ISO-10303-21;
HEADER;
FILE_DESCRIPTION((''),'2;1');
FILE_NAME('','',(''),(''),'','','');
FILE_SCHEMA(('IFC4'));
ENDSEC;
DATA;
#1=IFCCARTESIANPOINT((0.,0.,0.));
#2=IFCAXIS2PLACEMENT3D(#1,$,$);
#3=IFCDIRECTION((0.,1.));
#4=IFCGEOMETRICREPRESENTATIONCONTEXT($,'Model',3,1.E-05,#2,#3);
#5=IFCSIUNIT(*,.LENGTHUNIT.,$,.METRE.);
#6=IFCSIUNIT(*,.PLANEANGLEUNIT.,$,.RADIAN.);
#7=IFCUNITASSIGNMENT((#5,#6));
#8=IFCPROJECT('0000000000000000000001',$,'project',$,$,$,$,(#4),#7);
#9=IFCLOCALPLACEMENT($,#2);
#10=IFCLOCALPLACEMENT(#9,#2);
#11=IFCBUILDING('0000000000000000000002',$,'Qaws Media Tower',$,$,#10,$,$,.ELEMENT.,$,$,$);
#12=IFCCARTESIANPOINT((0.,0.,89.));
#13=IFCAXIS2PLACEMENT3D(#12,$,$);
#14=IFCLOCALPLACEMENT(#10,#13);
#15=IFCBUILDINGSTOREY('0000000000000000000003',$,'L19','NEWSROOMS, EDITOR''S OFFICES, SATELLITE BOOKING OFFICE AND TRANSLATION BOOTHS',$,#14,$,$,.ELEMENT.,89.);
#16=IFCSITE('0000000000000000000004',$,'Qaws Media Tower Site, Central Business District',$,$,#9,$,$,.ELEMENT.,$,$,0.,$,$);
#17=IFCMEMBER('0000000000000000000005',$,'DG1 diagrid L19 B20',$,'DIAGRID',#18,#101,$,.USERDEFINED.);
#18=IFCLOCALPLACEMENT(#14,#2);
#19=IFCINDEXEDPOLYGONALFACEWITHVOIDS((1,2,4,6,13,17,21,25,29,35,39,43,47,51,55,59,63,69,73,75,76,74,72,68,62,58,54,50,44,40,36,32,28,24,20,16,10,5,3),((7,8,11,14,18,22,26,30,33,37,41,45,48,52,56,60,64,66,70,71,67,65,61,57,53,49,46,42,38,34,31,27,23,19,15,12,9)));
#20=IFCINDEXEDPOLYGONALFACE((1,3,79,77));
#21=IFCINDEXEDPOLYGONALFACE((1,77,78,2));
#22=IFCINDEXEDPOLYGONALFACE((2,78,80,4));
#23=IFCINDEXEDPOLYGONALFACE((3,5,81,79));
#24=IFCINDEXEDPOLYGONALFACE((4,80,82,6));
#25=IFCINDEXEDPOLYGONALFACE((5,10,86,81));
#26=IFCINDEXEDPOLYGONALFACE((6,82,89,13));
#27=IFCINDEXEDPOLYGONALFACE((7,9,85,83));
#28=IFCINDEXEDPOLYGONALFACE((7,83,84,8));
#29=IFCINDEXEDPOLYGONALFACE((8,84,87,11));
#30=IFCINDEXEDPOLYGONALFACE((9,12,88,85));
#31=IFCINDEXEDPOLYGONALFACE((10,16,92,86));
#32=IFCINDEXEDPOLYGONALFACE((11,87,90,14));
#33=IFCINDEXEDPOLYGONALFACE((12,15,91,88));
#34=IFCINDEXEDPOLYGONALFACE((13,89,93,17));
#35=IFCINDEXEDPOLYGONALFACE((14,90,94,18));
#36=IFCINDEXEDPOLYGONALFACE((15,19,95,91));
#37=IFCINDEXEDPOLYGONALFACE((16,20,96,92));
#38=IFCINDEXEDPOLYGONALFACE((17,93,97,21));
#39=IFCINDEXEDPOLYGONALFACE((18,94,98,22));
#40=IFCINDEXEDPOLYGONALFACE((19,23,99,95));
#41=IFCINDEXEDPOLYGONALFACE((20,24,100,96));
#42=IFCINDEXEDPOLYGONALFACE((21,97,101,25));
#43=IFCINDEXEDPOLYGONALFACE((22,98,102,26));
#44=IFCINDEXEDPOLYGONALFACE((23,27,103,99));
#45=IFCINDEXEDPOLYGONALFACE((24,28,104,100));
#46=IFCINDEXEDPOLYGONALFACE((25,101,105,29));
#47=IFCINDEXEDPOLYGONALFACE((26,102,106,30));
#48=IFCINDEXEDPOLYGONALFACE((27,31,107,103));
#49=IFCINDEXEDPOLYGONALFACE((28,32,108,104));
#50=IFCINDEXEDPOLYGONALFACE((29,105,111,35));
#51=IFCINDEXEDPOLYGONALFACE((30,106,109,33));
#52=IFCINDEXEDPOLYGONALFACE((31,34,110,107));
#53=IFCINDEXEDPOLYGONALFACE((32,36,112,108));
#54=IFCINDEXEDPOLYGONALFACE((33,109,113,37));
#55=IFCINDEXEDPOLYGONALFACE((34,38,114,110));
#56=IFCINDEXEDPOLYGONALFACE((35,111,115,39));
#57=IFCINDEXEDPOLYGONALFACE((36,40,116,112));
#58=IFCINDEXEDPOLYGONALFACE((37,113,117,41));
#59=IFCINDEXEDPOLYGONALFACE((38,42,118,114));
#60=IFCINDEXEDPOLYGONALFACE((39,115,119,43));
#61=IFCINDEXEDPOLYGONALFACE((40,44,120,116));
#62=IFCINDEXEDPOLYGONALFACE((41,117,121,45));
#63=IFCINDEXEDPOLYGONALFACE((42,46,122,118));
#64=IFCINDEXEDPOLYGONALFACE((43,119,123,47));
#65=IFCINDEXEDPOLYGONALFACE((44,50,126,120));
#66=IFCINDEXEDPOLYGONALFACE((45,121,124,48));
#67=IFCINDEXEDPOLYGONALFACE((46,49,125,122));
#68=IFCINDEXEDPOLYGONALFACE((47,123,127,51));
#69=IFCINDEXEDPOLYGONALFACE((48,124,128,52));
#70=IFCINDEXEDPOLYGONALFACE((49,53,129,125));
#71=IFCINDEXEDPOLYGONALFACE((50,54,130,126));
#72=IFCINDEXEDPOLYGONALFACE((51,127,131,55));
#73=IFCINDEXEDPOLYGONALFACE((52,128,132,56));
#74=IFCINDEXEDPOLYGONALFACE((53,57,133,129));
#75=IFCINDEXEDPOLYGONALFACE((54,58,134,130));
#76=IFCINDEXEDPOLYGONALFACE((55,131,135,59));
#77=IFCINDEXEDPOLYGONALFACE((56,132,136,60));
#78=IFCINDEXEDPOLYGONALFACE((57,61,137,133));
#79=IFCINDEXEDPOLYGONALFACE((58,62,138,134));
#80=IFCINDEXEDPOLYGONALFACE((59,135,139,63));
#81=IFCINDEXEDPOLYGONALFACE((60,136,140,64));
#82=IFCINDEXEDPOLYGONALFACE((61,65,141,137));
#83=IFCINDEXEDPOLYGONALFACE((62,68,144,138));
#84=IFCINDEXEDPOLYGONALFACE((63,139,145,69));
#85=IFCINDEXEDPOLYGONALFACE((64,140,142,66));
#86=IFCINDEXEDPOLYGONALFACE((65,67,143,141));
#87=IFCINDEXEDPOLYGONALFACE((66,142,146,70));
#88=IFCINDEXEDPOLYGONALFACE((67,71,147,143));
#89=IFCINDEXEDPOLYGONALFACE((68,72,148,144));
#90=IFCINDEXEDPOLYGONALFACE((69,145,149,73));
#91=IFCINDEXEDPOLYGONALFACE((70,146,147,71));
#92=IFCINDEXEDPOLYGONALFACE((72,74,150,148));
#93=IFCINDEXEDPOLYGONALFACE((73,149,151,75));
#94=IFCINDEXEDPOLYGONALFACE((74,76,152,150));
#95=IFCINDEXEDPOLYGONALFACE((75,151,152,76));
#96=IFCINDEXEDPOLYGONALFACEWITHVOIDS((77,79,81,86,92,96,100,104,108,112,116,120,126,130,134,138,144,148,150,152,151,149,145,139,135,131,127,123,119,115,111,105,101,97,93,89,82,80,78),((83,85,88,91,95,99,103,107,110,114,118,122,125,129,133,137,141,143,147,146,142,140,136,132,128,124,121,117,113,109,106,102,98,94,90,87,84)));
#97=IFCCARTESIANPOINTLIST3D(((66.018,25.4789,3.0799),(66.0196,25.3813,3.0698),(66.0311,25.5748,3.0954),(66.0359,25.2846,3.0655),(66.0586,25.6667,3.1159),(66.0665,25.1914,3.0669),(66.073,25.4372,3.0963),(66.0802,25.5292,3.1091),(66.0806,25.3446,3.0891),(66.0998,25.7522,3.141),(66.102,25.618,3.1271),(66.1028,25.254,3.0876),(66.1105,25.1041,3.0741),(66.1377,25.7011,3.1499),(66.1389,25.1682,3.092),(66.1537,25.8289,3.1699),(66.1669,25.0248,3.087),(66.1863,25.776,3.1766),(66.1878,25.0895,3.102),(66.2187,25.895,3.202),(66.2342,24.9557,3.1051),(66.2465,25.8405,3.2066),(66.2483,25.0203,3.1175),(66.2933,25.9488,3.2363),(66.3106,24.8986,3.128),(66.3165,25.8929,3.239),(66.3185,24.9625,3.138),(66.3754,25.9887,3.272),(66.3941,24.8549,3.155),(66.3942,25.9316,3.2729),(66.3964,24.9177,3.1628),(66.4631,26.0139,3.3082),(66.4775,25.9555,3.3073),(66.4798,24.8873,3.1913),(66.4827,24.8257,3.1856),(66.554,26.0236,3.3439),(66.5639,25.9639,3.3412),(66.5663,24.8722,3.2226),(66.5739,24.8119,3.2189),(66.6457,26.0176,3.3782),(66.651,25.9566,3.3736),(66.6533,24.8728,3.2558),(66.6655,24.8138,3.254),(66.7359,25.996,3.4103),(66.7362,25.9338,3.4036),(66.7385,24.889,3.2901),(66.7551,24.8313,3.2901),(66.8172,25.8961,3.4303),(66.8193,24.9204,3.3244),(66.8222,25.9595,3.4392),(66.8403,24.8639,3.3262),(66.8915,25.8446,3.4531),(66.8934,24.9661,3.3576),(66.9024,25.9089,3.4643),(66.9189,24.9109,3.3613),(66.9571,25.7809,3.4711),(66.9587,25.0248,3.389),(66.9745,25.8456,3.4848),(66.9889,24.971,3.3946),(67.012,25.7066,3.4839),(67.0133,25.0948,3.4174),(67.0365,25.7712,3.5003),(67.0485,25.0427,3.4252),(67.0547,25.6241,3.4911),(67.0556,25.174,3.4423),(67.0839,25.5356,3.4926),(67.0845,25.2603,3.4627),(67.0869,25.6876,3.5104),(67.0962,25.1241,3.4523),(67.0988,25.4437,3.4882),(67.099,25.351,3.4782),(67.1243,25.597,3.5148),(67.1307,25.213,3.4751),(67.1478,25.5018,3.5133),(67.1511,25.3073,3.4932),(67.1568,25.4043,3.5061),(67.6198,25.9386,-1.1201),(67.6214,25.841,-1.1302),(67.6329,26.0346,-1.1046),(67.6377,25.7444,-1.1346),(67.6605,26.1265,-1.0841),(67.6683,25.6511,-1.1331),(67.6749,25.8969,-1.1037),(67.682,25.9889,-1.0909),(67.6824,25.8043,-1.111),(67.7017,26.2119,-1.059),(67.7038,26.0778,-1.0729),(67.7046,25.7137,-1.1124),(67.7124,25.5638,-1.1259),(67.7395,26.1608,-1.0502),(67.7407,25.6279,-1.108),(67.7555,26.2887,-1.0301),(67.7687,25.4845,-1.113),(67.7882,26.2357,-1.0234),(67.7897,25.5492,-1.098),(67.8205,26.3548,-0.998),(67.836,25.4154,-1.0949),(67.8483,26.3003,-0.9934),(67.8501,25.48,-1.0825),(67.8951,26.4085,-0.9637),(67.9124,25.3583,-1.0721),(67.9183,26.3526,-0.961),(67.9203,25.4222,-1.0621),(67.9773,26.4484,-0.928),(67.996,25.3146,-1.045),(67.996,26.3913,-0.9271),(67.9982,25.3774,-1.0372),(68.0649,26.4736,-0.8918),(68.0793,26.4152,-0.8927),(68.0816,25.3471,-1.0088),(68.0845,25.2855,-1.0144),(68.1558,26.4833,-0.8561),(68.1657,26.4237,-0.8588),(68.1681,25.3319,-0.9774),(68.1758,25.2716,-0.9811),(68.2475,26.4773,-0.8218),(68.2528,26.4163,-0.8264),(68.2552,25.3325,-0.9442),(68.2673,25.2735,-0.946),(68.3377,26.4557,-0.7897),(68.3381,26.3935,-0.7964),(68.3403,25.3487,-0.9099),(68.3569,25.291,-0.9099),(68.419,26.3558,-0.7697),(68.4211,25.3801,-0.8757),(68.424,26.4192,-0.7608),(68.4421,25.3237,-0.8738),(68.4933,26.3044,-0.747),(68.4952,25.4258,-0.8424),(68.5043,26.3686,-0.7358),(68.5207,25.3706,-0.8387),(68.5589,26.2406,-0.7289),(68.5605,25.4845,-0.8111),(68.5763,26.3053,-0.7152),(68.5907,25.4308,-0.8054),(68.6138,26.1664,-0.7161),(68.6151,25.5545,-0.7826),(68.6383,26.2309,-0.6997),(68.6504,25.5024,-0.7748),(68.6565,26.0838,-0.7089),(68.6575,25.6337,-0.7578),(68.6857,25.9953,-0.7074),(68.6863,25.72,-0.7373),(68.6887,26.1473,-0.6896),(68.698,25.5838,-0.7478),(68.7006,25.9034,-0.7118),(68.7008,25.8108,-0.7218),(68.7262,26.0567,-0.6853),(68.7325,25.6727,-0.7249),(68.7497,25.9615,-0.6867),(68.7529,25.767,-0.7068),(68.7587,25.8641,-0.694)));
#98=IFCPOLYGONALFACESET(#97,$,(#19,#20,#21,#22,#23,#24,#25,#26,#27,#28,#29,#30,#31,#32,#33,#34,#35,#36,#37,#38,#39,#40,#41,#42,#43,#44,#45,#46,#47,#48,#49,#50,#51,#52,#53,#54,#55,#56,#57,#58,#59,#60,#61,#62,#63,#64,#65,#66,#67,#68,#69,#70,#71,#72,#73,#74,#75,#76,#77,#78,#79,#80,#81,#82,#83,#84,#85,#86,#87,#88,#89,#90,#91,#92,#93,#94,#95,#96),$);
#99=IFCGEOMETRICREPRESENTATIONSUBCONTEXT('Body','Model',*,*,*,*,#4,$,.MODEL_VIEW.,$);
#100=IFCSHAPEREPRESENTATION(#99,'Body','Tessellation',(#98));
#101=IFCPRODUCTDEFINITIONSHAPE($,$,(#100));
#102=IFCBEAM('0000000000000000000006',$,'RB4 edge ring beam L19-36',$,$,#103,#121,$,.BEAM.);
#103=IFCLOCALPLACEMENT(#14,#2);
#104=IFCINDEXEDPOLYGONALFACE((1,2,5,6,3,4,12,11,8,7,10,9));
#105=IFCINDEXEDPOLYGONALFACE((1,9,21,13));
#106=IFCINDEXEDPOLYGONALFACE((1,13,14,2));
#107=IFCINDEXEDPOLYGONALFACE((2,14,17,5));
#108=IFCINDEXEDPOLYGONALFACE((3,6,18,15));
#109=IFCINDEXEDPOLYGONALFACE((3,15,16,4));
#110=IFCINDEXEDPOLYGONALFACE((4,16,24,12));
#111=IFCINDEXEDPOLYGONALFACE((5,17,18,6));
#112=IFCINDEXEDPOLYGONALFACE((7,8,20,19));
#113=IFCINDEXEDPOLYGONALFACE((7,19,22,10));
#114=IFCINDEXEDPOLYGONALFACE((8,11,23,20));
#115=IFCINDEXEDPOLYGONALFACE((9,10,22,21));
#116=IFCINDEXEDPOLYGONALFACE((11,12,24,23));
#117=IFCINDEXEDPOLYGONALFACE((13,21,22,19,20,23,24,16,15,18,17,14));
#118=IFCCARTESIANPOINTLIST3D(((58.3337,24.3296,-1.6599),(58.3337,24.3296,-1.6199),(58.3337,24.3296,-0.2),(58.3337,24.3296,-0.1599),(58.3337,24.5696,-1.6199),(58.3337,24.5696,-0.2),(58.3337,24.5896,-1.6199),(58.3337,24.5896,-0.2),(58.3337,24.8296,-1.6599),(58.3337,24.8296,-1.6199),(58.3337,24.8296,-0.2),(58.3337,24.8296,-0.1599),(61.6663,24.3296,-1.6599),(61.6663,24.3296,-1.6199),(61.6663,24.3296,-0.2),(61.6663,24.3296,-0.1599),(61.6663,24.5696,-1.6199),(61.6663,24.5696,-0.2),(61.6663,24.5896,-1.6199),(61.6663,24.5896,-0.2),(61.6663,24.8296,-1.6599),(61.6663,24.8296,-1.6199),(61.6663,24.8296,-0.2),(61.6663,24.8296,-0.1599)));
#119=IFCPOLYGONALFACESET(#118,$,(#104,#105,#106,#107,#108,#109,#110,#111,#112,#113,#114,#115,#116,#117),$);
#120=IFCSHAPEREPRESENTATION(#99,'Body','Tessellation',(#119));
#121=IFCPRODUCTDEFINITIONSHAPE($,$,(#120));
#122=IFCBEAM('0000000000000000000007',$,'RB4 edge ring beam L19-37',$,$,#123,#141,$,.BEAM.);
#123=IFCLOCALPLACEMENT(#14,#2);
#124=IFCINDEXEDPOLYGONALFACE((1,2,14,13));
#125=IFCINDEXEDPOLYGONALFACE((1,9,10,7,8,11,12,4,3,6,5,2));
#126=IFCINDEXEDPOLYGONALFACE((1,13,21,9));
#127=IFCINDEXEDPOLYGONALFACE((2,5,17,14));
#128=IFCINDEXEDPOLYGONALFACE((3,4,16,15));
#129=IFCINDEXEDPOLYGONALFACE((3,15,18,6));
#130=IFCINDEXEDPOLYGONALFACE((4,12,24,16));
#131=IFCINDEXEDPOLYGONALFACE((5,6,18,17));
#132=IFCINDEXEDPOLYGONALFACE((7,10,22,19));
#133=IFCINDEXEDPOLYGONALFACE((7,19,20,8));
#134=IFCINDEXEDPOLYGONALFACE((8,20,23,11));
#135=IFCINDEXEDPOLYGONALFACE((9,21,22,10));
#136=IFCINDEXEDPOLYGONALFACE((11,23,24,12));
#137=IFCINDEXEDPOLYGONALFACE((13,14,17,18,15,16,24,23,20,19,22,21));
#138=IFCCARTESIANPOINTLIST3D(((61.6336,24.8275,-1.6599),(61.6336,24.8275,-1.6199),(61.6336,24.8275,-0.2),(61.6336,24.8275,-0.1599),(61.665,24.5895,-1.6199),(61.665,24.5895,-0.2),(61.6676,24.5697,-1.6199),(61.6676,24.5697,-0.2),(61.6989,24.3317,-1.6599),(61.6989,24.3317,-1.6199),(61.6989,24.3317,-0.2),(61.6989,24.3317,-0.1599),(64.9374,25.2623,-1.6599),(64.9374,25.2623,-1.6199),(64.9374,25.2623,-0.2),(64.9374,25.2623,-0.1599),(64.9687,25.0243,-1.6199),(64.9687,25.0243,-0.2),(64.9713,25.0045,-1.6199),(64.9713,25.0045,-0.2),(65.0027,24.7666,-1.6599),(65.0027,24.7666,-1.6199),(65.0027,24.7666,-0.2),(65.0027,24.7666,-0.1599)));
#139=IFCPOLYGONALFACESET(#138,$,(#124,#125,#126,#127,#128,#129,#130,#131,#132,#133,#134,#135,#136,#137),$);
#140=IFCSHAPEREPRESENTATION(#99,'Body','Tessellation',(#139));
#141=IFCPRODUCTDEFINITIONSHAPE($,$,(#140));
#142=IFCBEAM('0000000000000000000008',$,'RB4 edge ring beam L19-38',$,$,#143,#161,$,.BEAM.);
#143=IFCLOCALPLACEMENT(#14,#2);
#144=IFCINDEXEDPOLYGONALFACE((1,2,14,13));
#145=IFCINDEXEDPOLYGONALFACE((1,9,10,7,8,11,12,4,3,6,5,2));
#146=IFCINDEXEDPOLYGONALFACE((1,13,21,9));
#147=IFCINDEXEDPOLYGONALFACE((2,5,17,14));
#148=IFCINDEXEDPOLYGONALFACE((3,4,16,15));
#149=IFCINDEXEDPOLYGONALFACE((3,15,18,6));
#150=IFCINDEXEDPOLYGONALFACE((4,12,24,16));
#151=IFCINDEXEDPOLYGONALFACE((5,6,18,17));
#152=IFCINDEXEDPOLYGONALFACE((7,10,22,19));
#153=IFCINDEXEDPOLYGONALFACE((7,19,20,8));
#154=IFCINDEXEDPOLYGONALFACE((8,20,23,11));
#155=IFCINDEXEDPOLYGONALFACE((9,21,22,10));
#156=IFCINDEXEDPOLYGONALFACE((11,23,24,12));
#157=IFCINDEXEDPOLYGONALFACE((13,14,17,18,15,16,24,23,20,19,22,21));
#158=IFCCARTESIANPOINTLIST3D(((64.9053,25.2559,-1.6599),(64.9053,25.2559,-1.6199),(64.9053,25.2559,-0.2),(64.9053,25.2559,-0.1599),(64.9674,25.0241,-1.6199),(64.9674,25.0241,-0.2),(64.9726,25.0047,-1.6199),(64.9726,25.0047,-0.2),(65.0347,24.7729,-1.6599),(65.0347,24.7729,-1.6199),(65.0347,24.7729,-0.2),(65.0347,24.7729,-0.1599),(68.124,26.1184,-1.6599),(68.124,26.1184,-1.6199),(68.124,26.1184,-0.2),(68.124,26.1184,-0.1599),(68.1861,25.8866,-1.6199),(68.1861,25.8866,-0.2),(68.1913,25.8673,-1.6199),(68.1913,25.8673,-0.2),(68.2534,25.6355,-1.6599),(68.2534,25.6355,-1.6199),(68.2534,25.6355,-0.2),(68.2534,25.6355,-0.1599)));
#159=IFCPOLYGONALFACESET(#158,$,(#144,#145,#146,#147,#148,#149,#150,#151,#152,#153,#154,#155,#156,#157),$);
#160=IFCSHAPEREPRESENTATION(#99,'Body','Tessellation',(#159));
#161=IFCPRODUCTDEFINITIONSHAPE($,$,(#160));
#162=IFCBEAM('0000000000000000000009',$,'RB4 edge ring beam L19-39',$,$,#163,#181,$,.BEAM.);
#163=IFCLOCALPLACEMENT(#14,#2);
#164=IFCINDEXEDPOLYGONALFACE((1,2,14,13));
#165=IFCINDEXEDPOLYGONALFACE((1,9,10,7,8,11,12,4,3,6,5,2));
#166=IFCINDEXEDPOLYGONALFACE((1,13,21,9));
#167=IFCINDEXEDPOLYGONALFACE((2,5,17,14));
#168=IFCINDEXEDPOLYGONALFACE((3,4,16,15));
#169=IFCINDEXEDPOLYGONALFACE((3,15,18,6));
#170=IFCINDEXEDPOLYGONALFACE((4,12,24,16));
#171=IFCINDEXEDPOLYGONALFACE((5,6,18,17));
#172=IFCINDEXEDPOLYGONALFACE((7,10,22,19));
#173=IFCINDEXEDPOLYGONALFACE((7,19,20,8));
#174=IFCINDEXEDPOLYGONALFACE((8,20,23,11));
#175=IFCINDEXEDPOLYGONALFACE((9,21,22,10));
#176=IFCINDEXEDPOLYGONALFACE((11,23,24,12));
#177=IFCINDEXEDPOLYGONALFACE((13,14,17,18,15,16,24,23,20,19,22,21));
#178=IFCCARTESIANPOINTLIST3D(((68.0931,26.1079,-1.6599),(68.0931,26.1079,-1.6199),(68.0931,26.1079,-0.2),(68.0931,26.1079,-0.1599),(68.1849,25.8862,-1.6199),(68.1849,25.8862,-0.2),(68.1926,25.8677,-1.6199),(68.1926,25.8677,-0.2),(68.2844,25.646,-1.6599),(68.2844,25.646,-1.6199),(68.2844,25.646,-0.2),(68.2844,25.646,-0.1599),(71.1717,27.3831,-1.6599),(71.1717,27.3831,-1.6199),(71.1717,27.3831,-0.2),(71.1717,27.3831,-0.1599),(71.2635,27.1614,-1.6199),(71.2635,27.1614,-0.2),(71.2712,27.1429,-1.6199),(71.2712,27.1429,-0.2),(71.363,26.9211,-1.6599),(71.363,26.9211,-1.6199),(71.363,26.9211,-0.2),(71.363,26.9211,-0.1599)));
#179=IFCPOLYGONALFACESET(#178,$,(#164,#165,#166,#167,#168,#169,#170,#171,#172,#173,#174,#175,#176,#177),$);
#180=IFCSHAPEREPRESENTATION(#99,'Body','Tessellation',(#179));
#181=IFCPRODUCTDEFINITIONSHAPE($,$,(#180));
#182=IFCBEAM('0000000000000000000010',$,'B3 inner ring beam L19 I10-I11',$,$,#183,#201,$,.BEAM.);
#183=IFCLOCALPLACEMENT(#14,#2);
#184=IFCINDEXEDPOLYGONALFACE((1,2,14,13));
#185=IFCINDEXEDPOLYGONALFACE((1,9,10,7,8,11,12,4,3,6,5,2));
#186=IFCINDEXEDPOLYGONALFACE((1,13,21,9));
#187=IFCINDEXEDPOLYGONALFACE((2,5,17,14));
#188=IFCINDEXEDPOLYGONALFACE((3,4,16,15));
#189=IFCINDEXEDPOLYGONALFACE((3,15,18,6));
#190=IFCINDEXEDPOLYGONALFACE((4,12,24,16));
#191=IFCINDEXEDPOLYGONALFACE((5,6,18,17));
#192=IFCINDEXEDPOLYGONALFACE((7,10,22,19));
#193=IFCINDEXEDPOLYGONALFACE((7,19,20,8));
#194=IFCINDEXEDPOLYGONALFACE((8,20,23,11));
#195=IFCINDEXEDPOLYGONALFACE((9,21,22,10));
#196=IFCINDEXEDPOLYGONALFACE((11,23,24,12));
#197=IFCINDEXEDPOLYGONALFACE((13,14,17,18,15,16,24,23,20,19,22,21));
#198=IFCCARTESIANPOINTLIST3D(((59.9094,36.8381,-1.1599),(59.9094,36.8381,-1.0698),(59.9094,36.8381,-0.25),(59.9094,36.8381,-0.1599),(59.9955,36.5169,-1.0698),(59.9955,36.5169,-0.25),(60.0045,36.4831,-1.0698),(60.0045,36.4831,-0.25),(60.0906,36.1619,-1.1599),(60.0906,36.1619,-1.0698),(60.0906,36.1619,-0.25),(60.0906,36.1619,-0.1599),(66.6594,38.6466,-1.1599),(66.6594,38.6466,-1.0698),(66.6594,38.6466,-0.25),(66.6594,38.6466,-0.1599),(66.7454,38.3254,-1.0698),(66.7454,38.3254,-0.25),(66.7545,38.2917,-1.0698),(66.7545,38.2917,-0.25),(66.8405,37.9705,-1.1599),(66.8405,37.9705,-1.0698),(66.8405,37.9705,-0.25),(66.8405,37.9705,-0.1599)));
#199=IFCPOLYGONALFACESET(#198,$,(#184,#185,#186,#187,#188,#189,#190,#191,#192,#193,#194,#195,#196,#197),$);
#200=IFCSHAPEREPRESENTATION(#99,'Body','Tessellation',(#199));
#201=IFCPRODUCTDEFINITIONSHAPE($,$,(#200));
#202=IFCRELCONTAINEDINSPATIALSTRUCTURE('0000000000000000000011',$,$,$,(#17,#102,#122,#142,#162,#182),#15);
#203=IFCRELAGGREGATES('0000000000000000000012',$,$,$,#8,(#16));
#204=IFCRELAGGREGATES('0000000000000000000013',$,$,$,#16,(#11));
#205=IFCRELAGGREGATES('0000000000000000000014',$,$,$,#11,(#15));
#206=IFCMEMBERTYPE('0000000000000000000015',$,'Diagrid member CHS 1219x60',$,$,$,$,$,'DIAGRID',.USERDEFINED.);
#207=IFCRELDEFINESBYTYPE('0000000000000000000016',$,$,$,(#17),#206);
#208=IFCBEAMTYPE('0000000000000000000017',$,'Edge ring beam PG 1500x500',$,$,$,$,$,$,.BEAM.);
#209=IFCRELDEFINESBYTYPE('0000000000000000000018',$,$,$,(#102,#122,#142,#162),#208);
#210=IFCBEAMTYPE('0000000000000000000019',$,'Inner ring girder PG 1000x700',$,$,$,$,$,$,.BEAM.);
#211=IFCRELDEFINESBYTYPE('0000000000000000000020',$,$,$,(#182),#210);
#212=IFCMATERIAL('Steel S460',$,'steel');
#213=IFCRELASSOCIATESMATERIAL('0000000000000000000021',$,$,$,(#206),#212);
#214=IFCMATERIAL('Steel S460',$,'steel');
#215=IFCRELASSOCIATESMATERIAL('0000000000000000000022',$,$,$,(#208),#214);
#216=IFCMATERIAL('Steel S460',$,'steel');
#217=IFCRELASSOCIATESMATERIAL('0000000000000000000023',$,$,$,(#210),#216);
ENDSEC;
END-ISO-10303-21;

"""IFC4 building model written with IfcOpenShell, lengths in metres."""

from ifc_helpers import new_model, si_unit, direction, frame, origin, origin_2d, place, context, subcontext, project, spatial, hollow_circle, i_section, extrude, material, material_profile, profile_set, type_object, element, save


model = new_model("IFC4")

# Units and contexts
model_context = context("Model", 3, precision=1e-05, world=origin(), true_north=direction((0.0, 1.0)))
body_context = subcontext(model_context, "Body", "Model", "MODEL_VIEW")
ifc_project = project(units=[si_unit("LENGTHUNIT", "METRE"), si_unit("PLANEANGLEUNIT", "RADIAN")], contexts=[model_context])

# Site, building, storey
site_placement = place(None, origin())
site = spatial("IfcSite", under=ifc_project, at=site_placement, Name="Qaws Media Tower Site, Central Business District", CompositionType="ELEMENT", RefElevation=0.0)
building_placement = place(site_placement, origin())
building = spatial("IfcBuilding", under=site, at=building_placement, Name="Qaws Media Tower", CompositionType="ELEMENT")
storey_placement = place(building_placement, frame((0.0, 0.0, 89.0)))
storey = spatial("IfcBuildingStorey", under=building, at=storey_placement, Name="L19", Description="NEWSROOMS, EDITOR'S OFFICES, SATELLITE BOOKING OFFICE AND TRANSLATION BOOTHS", CompositionType="ELEMENT", Elevation=89.0)

# Member
ifc_material_1 = material(Name="Steel S460", Category="steel")
ifc_material_profile_1 = material_profile(ifc_material_1, hollow_circle(Radius=0.6096, WallThickness=0.0601, at=origin_2d()), Name="CHS 1219x60")
ifc_profile_set_1 = profile_set([ifc_material_profile_1], Name="Steel S460")
member_type_1 = type_object("IfcMemberType", Name="Diagrid member CHS 1219x60", ElementType="DIAGRID", PredefinedType="USERDEFINED", material=ifc_profile_set_1)
for number, where, z_axis, x_axis, name in (
    (1, (68.1887, 25.877, -0.9099), (-0.354501, -0.101741, 0.929504), (0.275863, -0.961197, 0.0), "DG1 diagrid L19 B20"),
):
    element("IfcMember", number, at=place(storey_placement, frame(where, z_axis=z_axis, x_axis=x_axis)), inside=storey, type_object=member_type_1, Name=name, ObjectType="DIAGRID", PredefinedType="USERDEFINED", context=body_context, shape_type="SweptSolid", body=[
        extrude(hollow_circle(Radius=0.6096, WallThickness=0.0601, at=origin_2d()), origin(), (0.0, 0.0, 1.0), 4.5186),
    ])

# Beams
ifc_material_2 = material(Name="Steel S460", Category="steel")
ifc_material_profile_2 = material_profile(ifc_material_2, i_section(OverallWidth=0.5, OverallDepth=1.5, WebThickness=0.02, FlangeThickness=0.04, at=origin_2d()), Name="PG 1500x500")
ifc_profile_set_2 = profile_set([ifc_material_profile_2], Name="Steel S460")
beam_type_1 = type_object("IfcBeamType", Name="Edge ring beam PG 1500x500", PredefinedType="BEAM", material=ifc_profile_set_2)
beam_1_placement = place(storey_placement, frame((58.3337, 24.5796, -0.9099), z_axis=(1.0, 0.0, 0.0), x_axis=(0.0, 1.0, 0.0)))
element("IfcBeam", 2, at=beam_1_placement, inside=storey, type_object=beam_type_1, Name="RB4 edge ring beam L19-36", PredefinedType="BEAM", context=body_context, shape_type="SweptSolid", body=[
    extrude(i_section(OverallWidth=0.5, OverallDepth=1.5, WebThickness=0.02, FlangeThickness=0.04, at=origin_2d()), origin(), (0.0, 0.0, 1.0), 3.3325),
])
for number, where, z_axis, x_axis, name in (
    (3, (61.6663, 24.5796, -0.9099), (0.99145, 0.130489, 0.0), (-0.130489, 0.99145, 0.0), "RB4 edge ring beam L19-37"),
    (4, (64.97, 25.0144, -0.9099), (0.965919, 0.258844, 0.0), (-0.258844, 0.965919, 0.0), "RB4 edge ring beam L19-38"),
    (5, (68.1887, 25.877, -0.9099), (0.923886, 0.382669, 0.0), (-0.382669, 0.923886, 0.0), "RB4 edge ring beam L19-39"),
):
    element("IfcBeam", number, at=place(storey_placement, frame(where, z_axis=z_axis, x_axis=x_axis)), inside=storey, type_object=beam_type_1, Name=name, PredefinedType="BEAM", context=body_context, shape_type="SweptSolid", body=[
        extrude(i_section(OverallWidth=0.5, OverallDepth=1.5, WebThickness=0.02, FlangeThickness=0.04, at=origin_2d()), origin(), (0.0, 0.0, 1.0), 3.3323),
    ])
ifc_material_3 = material(Name="Steel S460", Category="steel")
ifc_material_profile_3 = material_profile(ifc_material_3, i_section(OverallWidth=0.7, OverallDepth=1.0, WebThickness=0.0349, FlangeThickness=0.0901, at=origin_2d()), Name="PG 1000x700")
ifc_profile_set_3 = profile_set([ifc_material_profile_3], Name="Steel S460")
beam_type_2 = type_object("IfcBeamType", Name="Inner ring girder PG 1000x700", PredefinedType="BEAM", material=ifc_profile_set_3)
beam_2_placement = place(storey_placement, frame((60.0, 36.5, -0.6599), z_axis=(0.965928, 0.258811, 0.0), x_axis=(-0.258811, 0.965928, 0.0)))
element("IfcBeam", 6, at=beam_2_placement, inside=storey, type_object=beam_type_2, Name="B3 inner ring beam L19 I10-I11", PredefinedType="BEAM", context=body_context, shape_type="SweptSolid", body=[
    extrude(i_section(OverallWidth=0.7, OverallDepth=1.0, WebThickness=0.0349, FlangeThickness=0.0901, at=origin_2d()), origin(), (0.0, 0.0, 1.0), 6.988),
])

save(model, "model.ifc")
